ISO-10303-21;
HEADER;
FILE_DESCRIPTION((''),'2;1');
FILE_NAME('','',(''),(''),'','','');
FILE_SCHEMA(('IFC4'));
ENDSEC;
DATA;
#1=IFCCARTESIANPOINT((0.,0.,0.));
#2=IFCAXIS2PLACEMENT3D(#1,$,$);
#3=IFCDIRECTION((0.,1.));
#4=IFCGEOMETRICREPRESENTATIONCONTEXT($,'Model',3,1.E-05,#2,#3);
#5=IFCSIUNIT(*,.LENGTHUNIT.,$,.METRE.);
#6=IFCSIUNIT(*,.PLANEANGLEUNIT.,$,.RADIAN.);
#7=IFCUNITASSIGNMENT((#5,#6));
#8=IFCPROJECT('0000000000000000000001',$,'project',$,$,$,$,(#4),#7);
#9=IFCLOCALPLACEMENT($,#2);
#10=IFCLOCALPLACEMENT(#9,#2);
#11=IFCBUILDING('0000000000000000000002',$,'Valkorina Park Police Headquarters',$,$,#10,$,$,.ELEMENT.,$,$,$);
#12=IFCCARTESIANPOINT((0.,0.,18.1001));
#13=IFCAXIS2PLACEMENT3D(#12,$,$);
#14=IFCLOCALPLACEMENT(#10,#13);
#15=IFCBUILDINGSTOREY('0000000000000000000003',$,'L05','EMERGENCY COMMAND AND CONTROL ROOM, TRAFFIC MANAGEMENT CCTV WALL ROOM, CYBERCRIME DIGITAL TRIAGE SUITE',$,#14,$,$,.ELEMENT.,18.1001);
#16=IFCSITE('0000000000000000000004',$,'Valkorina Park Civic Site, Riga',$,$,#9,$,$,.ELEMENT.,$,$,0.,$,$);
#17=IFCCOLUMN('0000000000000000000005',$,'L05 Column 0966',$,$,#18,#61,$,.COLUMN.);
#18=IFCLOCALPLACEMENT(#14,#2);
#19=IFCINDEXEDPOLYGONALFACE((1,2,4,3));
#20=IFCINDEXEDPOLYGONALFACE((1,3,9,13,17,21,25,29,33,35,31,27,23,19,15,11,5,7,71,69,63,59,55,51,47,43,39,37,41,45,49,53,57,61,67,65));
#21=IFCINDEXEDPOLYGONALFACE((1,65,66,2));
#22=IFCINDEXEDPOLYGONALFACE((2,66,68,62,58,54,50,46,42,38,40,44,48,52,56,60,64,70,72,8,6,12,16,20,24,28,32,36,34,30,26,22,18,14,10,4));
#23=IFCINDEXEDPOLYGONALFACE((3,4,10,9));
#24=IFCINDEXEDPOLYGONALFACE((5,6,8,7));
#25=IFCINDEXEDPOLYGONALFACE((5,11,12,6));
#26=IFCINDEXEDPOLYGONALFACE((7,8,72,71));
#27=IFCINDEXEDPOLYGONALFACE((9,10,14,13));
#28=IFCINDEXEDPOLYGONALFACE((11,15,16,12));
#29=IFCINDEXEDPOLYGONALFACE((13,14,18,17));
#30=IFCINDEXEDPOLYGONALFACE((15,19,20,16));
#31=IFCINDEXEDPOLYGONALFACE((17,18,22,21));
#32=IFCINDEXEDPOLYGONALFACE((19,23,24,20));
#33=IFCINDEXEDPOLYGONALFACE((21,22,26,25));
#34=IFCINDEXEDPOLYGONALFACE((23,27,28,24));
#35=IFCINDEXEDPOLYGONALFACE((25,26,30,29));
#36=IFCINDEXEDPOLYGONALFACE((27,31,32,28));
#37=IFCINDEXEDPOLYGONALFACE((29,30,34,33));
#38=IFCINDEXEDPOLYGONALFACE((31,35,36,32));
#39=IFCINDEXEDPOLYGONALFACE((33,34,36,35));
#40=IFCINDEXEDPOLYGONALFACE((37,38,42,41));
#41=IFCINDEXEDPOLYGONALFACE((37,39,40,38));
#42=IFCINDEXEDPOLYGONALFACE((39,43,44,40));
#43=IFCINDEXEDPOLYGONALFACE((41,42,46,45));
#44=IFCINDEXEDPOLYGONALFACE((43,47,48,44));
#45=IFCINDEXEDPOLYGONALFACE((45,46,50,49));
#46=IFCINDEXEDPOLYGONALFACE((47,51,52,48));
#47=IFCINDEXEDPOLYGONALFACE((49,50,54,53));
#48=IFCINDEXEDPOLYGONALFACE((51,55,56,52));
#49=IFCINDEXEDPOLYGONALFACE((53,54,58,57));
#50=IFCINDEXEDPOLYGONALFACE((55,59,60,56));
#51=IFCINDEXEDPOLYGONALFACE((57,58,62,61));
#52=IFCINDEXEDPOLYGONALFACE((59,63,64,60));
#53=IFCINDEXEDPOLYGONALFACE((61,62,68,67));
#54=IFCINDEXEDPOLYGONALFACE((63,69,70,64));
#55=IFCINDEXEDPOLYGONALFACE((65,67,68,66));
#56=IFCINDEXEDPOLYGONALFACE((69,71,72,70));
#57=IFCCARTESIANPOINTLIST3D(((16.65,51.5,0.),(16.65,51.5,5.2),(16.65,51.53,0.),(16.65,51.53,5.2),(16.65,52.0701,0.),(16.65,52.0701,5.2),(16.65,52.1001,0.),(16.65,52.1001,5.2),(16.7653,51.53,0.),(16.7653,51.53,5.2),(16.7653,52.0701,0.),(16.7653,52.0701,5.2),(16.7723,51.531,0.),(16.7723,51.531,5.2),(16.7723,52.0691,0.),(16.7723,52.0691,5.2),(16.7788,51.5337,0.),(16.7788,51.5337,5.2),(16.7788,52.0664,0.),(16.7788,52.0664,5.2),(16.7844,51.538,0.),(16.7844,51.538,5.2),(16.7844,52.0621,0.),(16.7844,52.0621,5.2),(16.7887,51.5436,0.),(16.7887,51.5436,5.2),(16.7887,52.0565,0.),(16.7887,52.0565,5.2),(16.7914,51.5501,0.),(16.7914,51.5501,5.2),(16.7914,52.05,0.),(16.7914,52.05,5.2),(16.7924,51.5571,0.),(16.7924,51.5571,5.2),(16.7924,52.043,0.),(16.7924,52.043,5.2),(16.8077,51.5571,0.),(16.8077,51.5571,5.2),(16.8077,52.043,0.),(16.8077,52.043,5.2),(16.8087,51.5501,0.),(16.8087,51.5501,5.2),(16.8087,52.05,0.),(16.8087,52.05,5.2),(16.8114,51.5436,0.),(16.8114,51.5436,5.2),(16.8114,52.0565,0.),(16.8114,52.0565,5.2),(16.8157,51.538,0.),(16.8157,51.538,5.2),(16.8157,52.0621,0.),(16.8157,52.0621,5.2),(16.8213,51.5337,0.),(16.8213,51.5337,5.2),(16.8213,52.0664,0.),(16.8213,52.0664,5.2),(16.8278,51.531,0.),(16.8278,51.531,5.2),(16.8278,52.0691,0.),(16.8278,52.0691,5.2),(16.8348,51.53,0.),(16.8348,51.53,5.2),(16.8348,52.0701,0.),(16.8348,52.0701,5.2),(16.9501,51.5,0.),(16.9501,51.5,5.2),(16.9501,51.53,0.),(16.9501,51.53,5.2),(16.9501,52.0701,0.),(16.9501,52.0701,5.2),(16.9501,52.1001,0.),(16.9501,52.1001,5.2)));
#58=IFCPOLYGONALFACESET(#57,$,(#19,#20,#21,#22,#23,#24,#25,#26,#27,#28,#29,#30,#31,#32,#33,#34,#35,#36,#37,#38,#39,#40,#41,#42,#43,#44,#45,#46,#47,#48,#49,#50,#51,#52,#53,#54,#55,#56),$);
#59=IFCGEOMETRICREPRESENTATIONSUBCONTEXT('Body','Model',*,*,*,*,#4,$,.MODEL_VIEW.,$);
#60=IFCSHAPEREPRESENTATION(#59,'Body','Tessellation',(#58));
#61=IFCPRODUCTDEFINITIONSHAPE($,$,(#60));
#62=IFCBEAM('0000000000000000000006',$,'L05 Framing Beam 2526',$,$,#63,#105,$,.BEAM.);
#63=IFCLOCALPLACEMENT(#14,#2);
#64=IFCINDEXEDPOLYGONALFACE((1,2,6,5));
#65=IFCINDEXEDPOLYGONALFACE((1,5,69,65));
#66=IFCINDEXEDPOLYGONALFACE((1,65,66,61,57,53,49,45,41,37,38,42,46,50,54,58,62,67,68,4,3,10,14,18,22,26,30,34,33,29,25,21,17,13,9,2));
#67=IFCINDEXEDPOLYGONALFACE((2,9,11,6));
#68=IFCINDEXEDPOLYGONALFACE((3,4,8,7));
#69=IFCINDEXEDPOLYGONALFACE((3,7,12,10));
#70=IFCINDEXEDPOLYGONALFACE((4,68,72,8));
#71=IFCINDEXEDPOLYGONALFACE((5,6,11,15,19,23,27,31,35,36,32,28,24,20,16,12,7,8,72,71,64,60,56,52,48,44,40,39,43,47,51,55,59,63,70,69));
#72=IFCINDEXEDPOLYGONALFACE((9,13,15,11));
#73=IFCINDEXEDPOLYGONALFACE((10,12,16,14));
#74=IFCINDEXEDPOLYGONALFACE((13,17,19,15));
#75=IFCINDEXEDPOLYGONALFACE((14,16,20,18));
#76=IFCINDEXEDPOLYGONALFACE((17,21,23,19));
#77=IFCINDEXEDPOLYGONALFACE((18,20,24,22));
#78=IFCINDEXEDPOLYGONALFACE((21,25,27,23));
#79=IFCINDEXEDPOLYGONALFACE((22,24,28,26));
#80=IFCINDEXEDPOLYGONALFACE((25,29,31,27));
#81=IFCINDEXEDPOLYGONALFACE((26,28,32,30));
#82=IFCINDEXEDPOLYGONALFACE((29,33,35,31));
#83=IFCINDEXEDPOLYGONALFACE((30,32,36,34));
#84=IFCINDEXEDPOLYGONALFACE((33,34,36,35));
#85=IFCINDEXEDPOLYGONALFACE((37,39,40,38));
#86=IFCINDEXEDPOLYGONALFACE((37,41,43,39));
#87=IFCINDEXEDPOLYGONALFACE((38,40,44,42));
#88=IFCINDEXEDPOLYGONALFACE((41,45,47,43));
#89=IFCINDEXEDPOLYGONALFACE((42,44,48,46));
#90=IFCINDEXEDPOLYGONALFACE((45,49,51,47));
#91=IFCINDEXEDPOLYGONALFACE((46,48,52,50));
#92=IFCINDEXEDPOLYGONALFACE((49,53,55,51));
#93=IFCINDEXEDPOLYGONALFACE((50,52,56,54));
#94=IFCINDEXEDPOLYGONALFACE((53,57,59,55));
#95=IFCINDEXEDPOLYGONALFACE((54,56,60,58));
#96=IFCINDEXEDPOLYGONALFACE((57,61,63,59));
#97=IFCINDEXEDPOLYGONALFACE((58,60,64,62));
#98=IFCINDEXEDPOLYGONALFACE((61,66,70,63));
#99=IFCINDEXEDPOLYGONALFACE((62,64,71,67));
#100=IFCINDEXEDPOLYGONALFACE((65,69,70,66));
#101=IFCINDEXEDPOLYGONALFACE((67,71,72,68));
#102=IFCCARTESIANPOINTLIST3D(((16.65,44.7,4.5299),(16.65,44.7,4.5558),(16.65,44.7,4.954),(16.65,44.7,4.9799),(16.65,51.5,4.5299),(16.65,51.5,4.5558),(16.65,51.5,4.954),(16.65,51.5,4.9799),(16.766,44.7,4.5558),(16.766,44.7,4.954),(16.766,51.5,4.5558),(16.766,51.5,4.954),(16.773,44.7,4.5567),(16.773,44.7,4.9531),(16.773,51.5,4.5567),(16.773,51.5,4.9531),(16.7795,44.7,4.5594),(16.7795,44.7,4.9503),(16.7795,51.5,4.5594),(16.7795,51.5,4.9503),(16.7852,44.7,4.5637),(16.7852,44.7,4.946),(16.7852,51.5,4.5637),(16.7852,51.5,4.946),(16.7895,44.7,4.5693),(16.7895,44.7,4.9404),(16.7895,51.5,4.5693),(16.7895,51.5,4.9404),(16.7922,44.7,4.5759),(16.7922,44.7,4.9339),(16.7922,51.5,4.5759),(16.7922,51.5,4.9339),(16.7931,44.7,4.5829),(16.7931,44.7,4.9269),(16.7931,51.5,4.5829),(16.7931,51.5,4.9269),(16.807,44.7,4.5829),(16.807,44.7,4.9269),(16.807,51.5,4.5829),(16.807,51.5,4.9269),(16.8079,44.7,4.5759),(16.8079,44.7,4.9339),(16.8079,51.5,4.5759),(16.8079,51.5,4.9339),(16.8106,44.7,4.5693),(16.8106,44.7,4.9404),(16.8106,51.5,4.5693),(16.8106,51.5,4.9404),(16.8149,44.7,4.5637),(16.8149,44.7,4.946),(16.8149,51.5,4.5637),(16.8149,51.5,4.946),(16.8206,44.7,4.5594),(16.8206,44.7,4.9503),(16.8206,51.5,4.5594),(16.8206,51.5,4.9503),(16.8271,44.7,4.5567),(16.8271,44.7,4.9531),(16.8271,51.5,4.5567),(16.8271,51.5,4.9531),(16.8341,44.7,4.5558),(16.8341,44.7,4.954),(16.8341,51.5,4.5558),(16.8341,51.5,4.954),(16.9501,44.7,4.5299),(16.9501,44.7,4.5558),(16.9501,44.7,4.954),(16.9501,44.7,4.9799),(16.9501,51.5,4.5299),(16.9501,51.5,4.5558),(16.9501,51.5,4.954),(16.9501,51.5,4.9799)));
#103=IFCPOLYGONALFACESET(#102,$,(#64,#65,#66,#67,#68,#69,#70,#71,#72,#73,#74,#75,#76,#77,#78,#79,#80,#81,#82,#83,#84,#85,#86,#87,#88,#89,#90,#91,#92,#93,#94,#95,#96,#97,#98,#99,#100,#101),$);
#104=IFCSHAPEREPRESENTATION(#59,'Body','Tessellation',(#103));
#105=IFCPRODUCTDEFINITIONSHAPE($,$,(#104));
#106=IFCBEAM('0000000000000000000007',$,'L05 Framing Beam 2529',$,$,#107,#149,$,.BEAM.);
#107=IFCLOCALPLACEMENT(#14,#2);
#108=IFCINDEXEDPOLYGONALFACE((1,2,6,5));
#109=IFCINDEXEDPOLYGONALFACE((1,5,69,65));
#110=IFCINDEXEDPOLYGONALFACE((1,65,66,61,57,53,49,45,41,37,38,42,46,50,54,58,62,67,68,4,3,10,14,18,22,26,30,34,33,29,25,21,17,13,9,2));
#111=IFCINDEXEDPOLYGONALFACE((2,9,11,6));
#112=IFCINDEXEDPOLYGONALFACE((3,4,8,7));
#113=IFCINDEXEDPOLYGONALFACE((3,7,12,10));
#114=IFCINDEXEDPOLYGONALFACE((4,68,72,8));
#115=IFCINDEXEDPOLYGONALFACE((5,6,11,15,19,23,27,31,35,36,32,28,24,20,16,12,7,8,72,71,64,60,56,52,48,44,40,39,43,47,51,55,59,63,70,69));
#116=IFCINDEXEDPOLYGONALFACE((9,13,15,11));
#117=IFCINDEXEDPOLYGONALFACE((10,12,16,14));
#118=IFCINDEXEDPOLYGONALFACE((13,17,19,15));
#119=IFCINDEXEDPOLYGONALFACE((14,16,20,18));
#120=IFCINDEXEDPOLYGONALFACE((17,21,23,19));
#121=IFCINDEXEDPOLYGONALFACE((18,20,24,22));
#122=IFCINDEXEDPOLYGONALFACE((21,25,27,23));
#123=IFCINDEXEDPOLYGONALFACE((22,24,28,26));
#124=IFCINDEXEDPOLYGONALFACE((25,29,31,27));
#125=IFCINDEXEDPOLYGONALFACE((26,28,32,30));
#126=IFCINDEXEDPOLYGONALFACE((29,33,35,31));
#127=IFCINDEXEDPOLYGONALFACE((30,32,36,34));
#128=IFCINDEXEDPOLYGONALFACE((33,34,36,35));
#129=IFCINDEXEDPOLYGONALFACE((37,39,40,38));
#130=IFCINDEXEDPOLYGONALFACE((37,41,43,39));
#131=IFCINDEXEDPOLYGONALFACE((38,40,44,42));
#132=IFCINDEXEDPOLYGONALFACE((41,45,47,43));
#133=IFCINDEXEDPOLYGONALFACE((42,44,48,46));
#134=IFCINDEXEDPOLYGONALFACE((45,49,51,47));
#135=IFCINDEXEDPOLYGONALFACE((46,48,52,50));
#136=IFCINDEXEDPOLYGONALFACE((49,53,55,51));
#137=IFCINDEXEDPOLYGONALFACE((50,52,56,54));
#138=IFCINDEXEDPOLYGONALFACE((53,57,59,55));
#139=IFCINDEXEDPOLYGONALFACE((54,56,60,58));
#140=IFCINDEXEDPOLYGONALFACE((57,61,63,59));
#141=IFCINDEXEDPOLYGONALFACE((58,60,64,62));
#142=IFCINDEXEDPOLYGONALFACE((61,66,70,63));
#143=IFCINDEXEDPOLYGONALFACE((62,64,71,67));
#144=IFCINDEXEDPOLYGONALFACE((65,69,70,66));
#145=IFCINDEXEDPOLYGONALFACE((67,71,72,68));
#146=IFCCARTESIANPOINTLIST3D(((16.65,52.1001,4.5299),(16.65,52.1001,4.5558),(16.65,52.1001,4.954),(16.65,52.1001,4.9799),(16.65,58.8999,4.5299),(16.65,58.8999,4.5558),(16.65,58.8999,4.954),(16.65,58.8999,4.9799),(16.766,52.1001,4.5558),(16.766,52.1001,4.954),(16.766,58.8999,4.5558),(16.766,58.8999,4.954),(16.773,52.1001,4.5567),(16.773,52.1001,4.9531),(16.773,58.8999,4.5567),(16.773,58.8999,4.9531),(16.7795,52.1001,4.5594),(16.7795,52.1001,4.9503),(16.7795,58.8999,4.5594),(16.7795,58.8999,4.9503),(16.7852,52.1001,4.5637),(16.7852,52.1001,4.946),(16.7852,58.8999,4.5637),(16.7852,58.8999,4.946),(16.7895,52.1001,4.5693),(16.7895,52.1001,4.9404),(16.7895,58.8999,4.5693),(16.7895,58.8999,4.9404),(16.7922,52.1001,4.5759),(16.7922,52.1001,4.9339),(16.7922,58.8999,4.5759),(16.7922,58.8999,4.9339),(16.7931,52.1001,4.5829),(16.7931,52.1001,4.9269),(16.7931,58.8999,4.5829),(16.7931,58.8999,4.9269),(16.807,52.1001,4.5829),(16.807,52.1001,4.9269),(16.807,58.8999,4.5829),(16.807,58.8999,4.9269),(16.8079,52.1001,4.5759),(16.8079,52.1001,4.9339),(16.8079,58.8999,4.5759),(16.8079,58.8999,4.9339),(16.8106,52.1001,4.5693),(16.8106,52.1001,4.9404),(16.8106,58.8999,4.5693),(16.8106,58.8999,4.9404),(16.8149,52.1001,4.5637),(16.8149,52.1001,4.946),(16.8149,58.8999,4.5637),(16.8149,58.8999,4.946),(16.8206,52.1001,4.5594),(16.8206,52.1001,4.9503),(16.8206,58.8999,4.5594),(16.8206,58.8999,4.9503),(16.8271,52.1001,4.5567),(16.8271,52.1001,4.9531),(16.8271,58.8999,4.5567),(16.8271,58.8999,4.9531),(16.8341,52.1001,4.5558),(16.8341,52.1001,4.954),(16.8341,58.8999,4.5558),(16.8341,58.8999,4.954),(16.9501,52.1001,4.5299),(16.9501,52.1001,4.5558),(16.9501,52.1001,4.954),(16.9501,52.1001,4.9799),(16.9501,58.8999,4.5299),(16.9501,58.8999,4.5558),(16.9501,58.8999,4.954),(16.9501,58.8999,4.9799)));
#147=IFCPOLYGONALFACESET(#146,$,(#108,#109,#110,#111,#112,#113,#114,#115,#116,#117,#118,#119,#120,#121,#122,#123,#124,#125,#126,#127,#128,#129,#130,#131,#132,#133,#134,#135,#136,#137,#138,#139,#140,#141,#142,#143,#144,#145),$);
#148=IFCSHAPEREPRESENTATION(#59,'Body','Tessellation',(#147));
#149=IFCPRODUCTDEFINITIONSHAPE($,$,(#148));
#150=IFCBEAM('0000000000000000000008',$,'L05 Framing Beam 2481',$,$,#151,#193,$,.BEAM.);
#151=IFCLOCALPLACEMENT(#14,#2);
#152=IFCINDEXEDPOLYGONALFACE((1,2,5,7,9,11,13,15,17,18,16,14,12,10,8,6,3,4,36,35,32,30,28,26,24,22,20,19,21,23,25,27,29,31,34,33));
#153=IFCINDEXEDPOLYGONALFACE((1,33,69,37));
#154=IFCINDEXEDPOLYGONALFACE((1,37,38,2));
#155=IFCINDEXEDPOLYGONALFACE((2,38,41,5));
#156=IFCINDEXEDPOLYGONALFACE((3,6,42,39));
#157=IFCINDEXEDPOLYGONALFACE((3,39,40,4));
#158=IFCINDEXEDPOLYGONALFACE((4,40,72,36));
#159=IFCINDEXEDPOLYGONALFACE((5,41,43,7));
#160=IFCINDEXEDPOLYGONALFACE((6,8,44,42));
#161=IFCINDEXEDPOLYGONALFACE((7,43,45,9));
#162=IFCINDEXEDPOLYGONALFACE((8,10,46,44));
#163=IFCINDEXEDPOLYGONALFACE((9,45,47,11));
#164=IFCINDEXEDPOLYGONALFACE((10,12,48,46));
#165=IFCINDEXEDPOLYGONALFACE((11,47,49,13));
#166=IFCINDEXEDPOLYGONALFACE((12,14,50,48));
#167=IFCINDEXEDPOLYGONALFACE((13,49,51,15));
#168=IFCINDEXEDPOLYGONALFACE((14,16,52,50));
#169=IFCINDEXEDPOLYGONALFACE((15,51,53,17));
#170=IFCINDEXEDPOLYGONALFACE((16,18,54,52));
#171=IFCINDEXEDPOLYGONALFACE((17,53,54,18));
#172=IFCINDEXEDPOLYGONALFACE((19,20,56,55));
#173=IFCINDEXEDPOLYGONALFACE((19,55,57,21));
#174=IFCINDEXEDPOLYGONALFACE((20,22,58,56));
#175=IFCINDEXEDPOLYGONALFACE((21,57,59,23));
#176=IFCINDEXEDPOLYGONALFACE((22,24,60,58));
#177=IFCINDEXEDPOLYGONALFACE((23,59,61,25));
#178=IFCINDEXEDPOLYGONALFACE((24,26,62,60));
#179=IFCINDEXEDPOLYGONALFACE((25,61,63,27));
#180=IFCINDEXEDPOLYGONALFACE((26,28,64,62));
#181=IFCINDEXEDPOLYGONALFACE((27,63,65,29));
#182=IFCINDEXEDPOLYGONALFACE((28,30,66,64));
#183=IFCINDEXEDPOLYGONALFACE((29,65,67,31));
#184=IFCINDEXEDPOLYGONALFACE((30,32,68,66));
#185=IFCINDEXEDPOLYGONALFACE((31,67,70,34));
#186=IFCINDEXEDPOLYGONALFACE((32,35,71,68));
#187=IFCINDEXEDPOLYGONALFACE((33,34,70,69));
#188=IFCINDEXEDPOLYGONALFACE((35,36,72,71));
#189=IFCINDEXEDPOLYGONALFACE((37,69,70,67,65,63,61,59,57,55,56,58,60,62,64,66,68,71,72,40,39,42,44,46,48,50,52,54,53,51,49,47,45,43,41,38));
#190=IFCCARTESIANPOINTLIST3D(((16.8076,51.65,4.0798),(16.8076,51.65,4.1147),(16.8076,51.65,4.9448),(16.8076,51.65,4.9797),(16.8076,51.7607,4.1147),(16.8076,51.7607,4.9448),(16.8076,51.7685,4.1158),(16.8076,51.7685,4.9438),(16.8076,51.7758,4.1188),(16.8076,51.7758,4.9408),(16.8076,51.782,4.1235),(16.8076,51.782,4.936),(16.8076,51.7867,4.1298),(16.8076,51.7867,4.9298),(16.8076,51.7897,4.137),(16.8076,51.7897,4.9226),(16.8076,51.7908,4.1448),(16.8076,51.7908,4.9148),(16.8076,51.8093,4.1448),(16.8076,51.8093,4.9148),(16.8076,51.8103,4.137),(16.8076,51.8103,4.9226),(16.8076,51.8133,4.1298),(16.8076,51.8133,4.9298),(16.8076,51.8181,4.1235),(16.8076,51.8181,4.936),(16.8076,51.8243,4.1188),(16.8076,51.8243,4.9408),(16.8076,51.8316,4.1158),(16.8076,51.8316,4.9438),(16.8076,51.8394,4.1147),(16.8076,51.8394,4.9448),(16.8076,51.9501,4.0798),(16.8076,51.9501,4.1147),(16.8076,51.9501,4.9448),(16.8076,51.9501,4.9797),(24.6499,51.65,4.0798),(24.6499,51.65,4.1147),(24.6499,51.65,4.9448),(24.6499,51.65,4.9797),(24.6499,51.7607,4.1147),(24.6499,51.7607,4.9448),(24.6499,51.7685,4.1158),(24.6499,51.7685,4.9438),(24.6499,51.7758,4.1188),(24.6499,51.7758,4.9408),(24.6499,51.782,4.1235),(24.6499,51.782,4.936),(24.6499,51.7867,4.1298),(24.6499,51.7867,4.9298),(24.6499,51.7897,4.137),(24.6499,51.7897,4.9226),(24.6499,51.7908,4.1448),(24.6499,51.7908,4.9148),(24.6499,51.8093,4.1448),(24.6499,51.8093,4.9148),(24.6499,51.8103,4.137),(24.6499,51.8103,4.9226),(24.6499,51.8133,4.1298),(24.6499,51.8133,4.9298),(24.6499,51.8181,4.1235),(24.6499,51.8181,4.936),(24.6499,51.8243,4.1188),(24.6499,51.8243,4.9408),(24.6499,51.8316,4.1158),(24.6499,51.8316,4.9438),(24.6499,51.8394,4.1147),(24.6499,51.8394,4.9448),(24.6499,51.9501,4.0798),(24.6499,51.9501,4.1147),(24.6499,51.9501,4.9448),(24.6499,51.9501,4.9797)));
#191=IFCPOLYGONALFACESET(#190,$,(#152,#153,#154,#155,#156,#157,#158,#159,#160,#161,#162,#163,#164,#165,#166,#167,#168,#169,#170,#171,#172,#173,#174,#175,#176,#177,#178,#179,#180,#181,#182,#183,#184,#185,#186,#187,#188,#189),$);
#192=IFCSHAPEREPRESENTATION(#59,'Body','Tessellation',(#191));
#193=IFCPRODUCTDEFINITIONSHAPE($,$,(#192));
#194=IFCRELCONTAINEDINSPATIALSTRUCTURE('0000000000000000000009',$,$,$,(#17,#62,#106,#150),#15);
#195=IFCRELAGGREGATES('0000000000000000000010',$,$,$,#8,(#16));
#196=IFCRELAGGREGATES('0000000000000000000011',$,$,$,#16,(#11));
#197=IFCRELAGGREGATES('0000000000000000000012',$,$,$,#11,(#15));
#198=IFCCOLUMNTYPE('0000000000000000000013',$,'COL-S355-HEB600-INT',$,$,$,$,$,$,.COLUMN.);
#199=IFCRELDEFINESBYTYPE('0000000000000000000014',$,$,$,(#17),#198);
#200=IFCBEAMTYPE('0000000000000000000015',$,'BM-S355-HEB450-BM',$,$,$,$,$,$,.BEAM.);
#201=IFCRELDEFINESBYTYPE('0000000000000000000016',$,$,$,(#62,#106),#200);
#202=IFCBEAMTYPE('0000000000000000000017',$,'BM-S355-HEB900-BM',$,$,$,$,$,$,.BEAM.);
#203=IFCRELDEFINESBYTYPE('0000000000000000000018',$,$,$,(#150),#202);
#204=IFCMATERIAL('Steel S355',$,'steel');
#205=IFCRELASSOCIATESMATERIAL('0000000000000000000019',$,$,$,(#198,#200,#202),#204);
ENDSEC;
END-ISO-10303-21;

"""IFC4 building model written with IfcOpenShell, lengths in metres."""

from ifc_helpers import new_model, si_unit, direction, frame, origin, origin_2d, place, context, subcontext, project, spatial, i_section, extrude, material, material_profile, profile_set, type_object, element, save


model = new_model("IFC4")

# Units and contexts
model_context = context("Model", 3, precision=1e-05, world=origin(), true_north=direction((0.0, 1.0)))
body_context = subcontext(model_context, "Body", "Model", "MODEL_VIEW")
ifc_project = project(units=[si_unit("LENGTHUNIT", "METRE"), si_unit("PLANEANGLEUNIT", "RADIAN")], contexts=[model_context])

# Site, building, storey
site_placement = place(None, origin())
site = spatial("IfcSite", under=ifc_project, at=site_placement, Name="Valkorina Park Civic Site, Riga", CompositionType="ELEMENT", RefElevation=0.0)
building_placement = place(site_placement, origin())
building = spatial("IfcBuilding", under=site, at=building_placement, Name="Valkorina Park Police Headquarters", CompositionType="ELEMENT")
storey_placement = place(building_placement, frame((0.0, 0.0, 18.1001)))
storey = spatial("IfcBuildingStorey", under=building, at=storey_placement, Name="L05", Description="EMERGENCY COMMAND AND CONTROL ROOM, TRAFFIC MANAGEMENT CCTV WALL ROOM, CYBERCRIME DIGITAL TRIAGE SUITE", CompositionType="ELEMENT", Elevation=18.1001)

# Column
ifc_material_1 = material(Name="Steel S355", Category="steel")
ifc_material_profile_1 = material_profile(ifc_material_1, i_section(OverallWidth=0.3, OverallDepth=0.6001, WebThickness=0.0154, FlangeThickness=0.03, FilletRadius=0.0271, at=origin_2d()), Name="HEB 600")
ifc_profile_set_1 = profile_set([ifc_material_profile_1], Name="Steel S355")
column_type = type_object("IfcColumnType", Name="COL-S355-HEB600-INT", PredefinedType="COLUMN", material=ifc_profile_set_1)
column_placement = place(storey_placement, frame((16.8, 51.8, 0.0), z_axis=(0.0, 0.0, 1.0), x_axis=(1.0, 0.0, 0.0)))
element("IfcColumn", 1, at=column_placement, inside=storey, type_object=column_type, Name="L05 Column 0966", PredefinedType="COLUMN", context=body_context, shape_type="SweptSolid", body=[
    extrude(i_section(OverallWidth=0.3, OverallDepth=0.6001, WebThickness=0.0154, FlangeThickness=0.03, FilletRadius=0.0271, at=origin_2d()), origin(), (0.0, 0.0, 1.0), 5.2),
])

# Beams
ifc_material_profile_2 = material_profile(ifc_material_1, i_section(OverallWidth=0.3, OverallDepth=0.45, WebThickness=0.0139, FlangeThickness=0.0259, FilletRadius=0.0271, at=origin_2d()), Name="HEB 450")
ifc_profile_set_2 = profile_set([ifc_material_profile_2], Name="Steel S355")
beam_type_1 = type_object("IfcBeamType", Name="BM-S355-HEB450-BM", PredefinedType="BEAM", material=ifc_profile_set_2)
beam_1_placement = place(storey_placement, frame((16.8, 44.7, 4.7549), z_axis=(0.0, 1.0, 0.0), x_axis=(-1.0, 0.0, 0.0)))
element("IfcBeam", 2, at=beam_1_placement, inside=storey, type_object=beam_type_1, Name="L05 Framing Beam 2526", PredefinedType="BEAM", context=body_context, shape_type="SweptSolid", body=[
    extrude(i_section(OverallWidth=0.3, OverallDepth=0.45, WebThickness=0.0139, FlangeThickness=0.0259, FilletRadius=0.0271, at=origin_2d()), origin(), (0.0, 0.0, 1.0), 6.8),
])
beam_2_placement = place(storey_placement, frame((16.8, 52.1001, 4.7549), z_axis=(0.0, 1.0, 0.0), x_axis=(-1.0, 0.0, 0.0)))
element("IfcBeam", 3, at=beam_2_placement, inside=storey, type_object=beam_type_1, Name="L05 Framing Beam 2529", PredefinedType="BEAM", context=body_context, shape_type="SweptSolid", body=[
    extrude(i_section(OverallWidth=0.3, OverallDepth=0.45, WebThickness=0.0139, FlangeThickness=0.0259, FilletRadius=0.0271, at=origin_2d()), origin(), (0.0, 0.0, 1.0), 6.7998),
])
ifc_material_profile_3 = material_profile(ifc_material_1, i_section(OverallWidth=0.3, OverallDepth=0.8999, WebThickness=0.0186, FlangeThickness=0.0349, FilletRadius=0.03, at=origin_2d()), Name="HEB 900")
ifc_profile_set_3 = profile_set([ifc_material_profile_3], Name="Steel S355")
beam_type_2 = type_object("IfcBeamType", Name="BM-S355-HEB900-BM", PredefinedType="BEAM", material=ifc_profile_set_3)
beam_3_placement = place(storey_placement, frame((16.8076, 51.8, 4.5298), z_axis=(1.0, 0.0, 0.0), x_axis=(0.0, 1.0, 0.0)))
element("IfcBeam", 4, at=beam_3_placement, inside=storey, type_object=beam_type_2, Name="L05 Framing Beam 2481", PredefinedType="BEAM", context=body_context, shape_type="SweptSolid", body=[
    extrude(i_section(OverallWidth=0.3, OverallDepth=0.8999, WebThickness=0.0186, FlangeThickness=0.0349, FilletRadius=0.03, at=origin_2d()), origin(), (0.0, 0.0, 1.0), 7.8423),
])

save(model, "model.ifc")
